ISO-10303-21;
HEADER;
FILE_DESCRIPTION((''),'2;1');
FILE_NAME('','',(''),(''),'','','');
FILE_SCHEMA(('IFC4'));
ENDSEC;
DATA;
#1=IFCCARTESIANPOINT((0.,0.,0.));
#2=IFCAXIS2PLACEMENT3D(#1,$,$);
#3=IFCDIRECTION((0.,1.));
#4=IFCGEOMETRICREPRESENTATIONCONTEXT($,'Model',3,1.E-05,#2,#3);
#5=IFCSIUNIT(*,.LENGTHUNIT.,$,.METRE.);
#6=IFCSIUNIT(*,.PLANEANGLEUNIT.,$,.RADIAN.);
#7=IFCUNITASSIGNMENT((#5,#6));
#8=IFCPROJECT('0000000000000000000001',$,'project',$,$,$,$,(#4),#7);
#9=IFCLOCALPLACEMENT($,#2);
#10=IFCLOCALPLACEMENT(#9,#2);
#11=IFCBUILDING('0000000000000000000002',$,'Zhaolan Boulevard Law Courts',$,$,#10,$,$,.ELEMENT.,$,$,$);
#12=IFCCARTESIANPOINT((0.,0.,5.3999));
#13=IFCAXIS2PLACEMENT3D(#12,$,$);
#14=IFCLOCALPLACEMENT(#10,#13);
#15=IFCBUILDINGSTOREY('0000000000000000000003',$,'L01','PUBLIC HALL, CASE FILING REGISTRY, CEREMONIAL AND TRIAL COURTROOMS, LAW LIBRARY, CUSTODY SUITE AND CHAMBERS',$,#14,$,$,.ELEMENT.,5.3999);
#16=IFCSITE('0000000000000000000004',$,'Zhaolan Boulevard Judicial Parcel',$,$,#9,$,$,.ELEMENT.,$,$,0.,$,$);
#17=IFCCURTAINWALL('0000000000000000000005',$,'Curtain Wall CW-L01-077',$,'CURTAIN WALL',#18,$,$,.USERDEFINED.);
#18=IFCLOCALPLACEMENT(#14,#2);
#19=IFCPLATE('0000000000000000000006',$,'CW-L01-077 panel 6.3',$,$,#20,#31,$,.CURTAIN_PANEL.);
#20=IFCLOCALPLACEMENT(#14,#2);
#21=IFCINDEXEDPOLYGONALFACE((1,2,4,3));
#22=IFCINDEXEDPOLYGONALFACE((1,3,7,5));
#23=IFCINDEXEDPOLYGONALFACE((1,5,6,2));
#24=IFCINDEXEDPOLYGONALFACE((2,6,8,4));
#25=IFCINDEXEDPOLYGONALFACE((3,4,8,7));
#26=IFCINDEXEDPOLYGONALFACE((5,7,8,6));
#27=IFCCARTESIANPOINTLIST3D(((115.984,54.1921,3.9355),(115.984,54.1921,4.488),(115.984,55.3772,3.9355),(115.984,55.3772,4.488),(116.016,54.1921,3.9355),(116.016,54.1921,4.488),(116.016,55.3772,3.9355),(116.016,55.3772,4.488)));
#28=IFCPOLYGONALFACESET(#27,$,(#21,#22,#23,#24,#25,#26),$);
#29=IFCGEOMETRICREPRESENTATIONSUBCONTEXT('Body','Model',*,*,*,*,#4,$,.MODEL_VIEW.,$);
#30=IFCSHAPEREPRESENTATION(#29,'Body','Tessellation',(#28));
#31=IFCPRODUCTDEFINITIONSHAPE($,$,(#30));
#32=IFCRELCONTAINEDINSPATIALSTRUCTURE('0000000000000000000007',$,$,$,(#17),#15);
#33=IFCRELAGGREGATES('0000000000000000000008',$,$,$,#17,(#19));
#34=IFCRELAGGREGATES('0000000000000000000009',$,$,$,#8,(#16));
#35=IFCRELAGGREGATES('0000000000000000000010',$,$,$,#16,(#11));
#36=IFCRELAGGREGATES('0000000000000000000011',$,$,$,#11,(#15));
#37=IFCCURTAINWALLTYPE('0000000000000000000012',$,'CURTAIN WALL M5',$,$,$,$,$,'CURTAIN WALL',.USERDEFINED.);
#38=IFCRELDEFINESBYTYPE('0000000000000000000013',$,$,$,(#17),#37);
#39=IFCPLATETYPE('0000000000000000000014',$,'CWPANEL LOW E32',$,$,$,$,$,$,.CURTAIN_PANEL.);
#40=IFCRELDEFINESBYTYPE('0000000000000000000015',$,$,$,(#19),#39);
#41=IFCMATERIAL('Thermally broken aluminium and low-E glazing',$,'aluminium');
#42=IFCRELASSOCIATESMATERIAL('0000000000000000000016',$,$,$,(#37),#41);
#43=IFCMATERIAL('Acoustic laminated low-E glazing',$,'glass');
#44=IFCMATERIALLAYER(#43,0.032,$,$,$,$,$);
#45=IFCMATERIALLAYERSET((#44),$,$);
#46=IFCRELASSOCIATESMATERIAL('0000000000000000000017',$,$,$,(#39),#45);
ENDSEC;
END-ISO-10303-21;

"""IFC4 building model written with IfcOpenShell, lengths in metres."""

from ifc_helpers import new_model, si_unit, direction, frame, origin, origin_2d, place, context, subcontext, project, spatial, rectangle, extrude, material, layer, layer_set, type_object, element, aggregate, save


model = new_model("IFC4")

# Units and contexts
model_context = context("Model", 3, precision=1e-05, world=origin(), true_north=direction((0.0, 1.0)))
body_context = subcontext(model_context, "Body", "Model", "MODEL_VIEW")
ifc_project = project(units=[si_unit("LENGTHUNIT", "METRE"), si_unit("PLANEANGLEUNIT", "RADIAN")], contexts=[model_context])

# Site, building, storey
site_placement = place(None, origin())
site = spatial("IfcSite", under=ifc_project, at=site_placement, Name="Zhaolan Boulevard Judicial Parcel", CompositionType="ELEMENT", RefElevation=0.0)
building_placement = place(site_placement, origin())
building = spatial("IfcBuilding", under=site, at=building_placement, Name="Zhaolan Boulevard Law Courts", CompositionType="ELEMENT")
storey_placement = place(building_placement, frame((0.0, 0.0, 5.3999)))
storey = spatial("IfcBuildingStorey", under=building, at=storey_placement, Name="L01", Description="PUBLIC HALL, CASE FILING REGISTRY, CEREMONIAL AND TRIAL COURTROOMS, LAW LIBRARY, CUSTODY SUITE AND CHAMBERS", CompositionType="ELEMENT", Elevation=5.3999)

# Curtain wall
ifc_material_1 = material(Name="Thermally broken aluminium and low-E glazing", Category="aluminium")
curtain_wall_type_1 = type_object("IfcCurtainWallType", Name="CURTAIN WALL M5", ElementType="CURTAIN WALL", PredefinedType="USERDEFINED", material=ifc_material_1)
curtain_wall_1_placement = place(storey_placement, origin())
curtain_wall_1 = element("IfcCurtainWall", 1, at=curtain_wall_1_placement, inside=storey, type_object=curtain_wall_type_1, Name="Curtain Wall CW-L01-077", ObjectType="CURTAIN WALL", PredefinedType="USERDEFINED")

# Plate
ifc_material_2 = material(Name="Acoustic laminated low-E glazing", Category="glass")
ifc_layer = layer(ifc_material_2, 0.032)
ifc_layer_set = layer_set([ifc_layer])
plate_type = type_object("IfcPlateType", Name="CWPANEL LOW E32", PredefinedType="CURTAIN_PANEL", material=ifc_layer_set)
plate_1_placement = place(storey_placement, frame((116.0, 54.7847, 3.9355), z_axis=(0.0, 0.0, 1.0), x_axis=(0.0, -1.0, 0.0)))
plate_1 = element("IfcPlate", 2, at=plate_1_placement, type_object=plate_type, Name="CW-L01-077 panel 6.3", PredefinedType="CURTAIN_PANEL", context=body_context, shape_type="SweptSolid", body=[
    extrude(rectangle(XDim=1.1851, YDim=0.032, at=origin_2d()), origin(), (0.0, 0.0, 1.0), 0.5525),
])
aggregate(curtain_wall_1, [plate_1])

save(model, "model.ifc")
